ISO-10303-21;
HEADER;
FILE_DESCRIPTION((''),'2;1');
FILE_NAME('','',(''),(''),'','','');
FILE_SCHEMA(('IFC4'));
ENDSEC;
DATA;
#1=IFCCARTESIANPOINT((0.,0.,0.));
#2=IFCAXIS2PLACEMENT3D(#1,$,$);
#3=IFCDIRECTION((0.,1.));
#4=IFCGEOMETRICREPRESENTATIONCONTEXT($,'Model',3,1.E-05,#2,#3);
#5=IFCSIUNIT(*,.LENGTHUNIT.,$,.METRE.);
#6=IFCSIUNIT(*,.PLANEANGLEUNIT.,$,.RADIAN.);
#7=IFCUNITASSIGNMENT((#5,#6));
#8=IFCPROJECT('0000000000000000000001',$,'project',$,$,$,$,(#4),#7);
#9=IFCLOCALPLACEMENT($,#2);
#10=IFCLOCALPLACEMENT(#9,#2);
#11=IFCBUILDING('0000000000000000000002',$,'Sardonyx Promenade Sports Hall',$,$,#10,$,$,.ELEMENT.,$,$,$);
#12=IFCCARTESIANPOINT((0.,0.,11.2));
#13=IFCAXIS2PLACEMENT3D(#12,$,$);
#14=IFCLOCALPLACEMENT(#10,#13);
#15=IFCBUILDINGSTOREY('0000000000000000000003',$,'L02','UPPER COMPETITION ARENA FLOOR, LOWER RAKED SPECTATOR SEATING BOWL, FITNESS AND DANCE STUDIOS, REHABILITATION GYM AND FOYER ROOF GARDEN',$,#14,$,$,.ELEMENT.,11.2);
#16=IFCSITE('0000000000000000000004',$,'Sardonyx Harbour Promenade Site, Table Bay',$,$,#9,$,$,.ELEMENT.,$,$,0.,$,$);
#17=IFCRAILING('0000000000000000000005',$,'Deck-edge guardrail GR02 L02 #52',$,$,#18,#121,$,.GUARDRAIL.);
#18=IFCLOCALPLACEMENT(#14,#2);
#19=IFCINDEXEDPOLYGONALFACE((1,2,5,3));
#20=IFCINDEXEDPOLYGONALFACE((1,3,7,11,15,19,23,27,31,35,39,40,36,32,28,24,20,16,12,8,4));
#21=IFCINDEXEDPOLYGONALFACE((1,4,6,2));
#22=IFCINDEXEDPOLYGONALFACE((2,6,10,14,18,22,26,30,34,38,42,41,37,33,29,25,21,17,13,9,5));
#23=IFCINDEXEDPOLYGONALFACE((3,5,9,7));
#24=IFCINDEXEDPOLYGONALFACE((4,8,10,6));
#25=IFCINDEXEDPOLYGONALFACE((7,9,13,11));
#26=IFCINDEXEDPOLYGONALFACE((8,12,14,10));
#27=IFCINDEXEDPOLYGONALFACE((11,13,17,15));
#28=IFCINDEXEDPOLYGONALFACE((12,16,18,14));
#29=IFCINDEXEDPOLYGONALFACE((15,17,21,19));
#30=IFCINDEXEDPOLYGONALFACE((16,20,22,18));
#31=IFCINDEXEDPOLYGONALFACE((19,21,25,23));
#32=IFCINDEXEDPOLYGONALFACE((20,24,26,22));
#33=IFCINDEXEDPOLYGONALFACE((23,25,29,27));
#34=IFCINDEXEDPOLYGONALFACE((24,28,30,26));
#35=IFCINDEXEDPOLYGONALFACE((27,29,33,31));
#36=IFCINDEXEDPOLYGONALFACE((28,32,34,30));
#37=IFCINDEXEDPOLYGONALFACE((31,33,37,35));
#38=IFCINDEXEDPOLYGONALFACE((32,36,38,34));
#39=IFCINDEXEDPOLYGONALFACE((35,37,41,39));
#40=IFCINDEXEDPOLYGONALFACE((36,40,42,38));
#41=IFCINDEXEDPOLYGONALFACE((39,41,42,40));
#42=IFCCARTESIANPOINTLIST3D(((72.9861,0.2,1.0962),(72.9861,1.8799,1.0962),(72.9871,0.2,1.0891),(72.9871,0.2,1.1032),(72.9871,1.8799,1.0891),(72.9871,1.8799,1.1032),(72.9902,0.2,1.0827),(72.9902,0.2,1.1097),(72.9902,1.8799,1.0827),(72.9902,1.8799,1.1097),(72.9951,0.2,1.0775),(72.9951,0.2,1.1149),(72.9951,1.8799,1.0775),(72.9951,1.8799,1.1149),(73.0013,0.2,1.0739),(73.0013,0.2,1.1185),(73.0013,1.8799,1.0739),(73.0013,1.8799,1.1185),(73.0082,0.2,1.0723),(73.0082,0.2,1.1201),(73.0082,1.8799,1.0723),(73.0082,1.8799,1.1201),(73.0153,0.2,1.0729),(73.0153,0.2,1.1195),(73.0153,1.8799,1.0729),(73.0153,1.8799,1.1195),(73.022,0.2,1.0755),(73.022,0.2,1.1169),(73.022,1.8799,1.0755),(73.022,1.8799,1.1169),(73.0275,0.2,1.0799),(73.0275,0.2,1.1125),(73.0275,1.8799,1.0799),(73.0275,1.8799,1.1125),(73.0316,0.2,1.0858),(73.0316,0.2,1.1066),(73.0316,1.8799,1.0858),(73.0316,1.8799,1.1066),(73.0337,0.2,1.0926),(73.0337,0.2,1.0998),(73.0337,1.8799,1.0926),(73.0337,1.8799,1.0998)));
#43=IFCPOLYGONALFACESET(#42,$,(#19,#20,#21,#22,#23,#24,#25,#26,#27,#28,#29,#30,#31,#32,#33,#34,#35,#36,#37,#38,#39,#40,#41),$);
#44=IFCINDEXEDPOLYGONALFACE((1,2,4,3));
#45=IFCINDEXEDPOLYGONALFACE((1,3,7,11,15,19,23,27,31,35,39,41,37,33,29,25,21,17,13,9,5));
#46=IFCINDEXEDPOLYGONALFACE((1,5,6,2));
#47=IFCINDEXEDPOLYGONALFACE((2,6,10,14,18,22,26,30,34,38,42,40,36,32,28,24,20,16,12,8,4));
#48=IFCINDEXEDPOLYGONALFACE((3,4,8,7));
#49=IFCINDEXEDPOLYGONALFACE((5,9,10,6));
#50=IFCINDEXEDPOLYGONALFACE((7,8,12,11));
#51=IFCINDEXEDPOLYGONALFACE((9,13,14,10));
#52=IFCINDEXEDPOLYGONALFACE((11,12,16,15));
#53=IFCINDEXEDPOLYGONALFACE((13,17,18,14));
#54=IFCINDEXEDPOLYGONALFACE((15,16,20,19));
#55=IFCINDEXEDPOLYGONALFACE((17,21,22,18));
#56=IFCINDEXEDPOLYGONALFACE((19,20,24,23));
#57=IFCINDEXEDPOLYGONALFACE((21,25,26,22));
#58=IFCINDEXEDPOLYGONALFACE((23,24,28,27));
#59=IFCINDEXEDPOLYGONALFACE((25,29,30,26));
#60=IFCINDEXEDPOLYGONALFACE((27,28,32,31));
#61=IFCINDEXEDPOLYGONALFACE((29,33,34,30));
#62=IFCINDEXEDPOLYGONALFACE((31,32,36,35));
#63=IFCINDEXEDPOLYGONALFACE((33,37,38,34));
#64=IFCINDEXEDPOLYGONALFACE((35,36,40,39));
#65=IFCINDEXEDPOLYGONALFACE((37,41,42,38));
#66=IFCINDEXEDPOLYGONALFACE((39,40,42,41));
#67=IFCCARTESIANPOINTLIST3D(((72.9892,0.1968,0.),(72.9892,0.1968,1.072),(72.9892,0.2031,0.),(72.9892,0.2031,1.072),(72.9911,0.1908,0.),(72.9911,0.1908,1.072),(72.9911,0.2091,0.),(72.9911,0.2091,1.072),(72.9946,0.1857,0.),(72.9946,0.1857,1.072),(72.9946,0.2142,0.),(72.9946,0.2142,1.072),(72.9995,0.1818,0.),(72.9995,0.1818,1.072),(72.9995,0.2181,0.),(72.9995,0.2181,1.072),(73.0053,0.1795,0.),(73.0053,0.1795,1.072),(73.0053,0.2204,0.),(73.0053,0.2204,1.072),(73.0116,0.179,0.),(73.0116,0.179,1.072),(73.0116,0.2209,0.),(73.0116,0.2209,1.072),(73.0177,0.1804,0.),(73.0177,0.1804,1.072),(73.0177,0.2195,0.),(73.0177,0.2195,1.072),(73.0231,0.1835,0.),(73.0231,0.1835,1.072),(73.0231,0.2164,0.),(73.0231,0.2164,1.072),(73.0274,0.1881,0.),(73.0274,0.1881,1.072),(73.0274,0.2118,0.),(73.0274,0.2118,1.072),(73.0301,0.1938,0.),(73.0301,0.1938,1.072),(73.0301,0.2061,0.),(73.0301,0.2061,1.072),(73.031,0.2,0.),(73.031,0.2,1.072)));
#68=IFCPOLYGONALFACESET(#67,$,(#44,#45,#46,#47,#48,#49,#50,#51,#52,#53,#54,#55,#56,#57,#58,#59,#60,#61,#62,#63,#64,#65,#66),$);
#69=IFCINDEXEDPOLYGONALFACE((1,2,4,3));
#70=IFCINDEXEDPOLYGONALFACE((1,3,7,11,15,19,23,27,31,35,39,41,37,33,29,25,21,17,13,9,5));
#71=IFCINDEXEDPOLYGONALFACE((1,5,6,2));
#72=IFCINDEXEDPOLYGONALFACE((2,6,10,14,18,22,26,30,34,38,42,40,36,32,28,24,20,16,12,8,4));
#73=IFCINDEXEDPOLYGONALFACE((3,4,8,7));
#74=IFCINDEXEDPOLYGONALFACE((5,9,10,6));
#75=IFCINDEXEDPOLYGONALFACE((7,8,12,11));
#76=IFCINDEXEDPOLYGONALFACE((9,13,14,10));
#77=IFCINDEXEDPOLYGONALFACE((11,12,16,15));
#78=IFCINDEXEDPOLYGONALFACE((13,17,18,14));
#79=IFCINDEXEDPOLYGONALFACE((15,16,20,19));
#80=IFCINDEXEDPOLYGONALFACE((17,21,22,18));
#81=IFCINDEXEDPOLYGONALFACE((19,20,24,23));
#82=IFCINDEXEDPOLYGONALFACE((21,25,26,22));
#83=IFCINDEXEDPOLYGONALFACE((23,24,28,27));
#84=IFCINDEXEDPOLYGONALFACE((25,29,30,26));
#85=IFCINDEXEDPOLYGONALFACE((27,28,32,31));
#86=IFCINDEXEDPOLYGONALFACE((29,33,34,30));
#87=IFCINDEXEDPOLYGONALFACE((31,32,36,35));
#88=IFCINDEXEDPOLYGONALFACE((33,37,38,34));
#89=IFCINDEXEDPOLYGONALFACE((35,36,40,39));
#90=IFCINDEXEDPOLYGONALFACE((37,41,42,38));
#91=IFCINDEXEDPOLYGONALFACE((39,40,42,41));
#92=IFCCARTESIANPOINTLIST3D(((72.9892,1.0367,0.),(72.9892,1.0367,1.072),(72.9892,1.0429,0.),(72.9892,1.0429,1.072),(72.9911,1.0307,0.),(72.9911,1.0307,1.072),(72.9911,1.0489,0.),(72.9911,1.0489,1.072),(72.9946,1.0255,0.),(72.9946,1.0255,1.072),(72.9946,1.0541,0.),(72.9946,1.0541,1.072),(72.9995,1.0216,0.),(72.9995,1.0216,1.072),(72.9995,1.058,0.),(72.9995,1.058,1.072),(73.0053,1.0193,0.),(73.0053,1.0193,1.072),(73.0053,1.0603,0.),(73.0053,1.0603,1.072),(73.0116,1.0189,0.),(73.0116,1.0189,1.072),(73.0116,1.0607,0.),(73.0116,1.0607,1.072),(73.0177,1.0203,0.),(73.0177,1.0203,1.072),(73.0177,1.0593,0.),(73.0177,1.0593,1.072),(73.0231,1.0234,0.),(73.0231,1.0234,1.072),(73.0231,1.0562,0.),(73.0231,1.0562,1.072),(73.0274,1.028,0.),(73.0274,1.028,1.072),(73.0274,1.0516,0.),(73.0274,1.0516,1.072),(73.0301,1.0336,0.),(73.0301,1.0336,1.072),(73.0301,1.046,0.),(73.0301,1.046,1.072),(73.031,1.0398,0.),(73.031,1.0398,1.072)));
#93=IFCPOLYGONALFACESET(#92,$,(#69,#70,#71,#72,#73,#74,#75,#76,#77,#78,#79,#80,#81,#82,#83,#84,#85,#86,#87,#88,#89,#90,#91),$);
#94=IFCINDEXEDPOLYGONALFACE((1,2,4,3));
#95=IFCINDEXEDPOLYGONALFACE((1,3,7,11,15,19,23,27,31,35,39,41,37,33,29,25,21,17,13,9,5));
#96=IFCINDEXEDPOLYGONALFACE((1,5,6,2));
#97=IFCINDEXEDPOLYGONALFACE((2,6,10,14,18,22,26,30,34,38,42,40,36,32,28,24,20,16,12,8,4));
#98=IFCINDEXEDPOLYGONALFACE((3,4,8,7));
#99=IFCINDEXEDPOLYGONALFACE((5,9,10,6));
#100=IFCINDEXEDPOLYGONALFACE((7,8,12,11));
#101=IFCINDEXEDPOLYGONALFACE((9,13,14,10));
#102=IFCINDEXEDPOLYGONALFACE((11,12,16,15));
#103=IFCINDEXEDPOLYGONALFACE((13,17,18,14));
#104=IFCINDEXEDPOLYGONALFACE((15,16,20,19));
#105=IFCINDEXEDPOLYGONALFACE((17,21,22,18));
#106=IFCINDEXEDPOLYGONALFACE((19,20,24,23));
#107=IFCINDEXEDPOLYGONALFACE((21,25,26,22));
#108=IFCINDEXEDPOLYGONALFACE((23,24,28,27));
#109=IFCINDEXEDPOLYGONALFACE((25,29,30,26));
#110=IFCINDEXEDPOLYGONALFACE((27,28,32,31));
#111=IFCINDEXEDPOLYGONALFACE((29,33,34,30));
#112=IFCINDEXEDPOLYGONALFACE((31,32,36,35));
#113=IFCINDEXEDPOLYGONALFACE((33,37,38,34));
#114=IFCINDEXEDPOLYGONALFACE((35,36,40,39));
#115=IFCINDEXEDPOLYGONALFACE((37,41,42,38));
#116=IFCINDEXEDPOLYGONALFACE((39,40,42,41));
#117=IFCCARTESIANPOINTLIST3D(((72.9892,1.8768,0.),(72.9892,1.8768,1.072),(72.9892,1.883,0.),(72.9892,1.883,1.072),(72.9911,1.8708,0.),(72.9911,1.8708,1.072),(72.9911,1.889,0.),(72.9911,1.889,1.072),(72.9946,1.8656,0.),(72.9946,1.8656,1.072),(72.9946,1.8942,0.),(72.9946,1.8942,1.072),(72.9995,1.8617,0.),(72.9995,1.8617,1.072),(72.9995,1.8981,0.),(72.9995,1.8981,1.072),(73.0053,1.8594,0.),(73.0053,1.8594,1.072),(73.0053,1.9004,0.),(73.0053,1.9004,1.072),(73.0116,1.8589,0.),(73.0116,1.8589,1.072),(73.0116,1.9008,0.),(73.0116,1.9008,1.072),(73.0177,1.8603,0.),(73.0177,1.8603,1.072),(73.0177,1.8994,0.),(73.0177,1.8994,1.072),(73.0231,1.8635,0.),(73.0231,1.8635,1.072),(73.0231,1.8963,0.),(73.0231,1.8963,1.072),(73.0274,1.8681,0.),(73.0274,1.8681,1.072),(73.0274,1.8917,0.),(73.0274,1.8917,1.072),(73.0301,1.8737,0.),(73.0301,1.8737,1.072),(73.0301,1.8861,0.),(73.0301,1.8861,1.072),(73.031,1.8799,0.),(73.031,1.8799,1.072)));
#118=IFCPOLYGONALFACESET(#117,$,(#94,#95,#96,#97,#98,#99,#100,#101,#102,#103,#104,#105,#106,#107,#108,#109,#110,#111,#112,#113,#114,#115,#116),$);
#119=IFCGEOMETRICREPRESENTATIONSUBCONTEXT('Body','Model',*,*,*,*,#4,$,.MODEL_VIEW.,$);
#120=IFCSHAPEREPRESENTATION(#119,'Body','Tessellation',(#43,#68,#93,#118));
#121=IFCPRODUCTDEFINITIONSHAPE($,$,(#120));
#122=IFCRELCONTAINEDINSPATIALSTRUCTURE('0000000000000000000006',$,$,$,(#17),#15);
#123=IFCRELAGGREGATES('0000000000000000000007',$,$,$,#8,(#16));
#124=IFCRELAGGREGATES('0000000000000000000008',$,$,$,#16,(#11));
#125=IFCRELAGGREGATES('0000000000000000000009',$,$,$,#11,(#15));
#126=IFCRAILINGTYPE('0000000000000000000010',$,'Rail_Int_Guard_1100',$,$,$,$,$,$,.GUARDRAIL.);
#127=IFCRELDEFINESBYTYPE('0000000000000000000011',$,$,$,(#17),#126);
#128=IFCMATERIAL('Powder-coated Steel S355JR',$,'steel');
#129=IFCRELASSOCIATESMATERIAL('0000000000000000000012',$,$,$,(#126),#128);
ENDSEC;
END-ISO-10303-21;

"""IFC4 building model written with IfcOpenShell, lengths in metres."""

from ifc_helpers import new_model, si_unit, direction, frame, origin, origin_2d, place, context, subcontext, project, spatial, circle, extrude, material, type_object, element, save


model = new_model("IFC4")

# Units and contexts
model_context = context("Model", 3, precision=1e-05, world=origin(), true_north=direction((0.0, 1.0)))
body_context = subcontext(model_context, "Body", "Model", "MODEL_VIEW")
ifc_project = project(units=[si_unit("LENGTHUNIT", "METRE"), si_unit("PLANEANGLEUNIT", "RADIAN")], contexts=[model_context])

# Site, building, storey
site_placement = place(None, origin())
site = spatial("IfcSite", under=ifc_project, at=site_placement, Name="Sardonyx Harbour Promenade Site, Table Bay", CompositionType="ELEMENT", RefElevation=0.0)
building_placement = place(site_placement, origin())
building = spatial("IfcBuilding", under=site, at=building_placement, Name="Sardonyx Promenade Sports Hall", CompositionType="ELEMENT")
storey_placement = place(building_placement, frame((0.0, 0.0, 11.2)))
storey = spatial("IfcBuildingStorey", under=building, at=storey_placement, Name="L02", Description="UPPER COMPETITION ARENA FLOOR, LOWER RAKED SPECTATOR SEATING BOWL, FITNESS AND DANCE STUDIOS, REHABILITATION GYM AND FOYER ROOF GARDEN", CompositionType="ELEMENT", Elevation=11.2)

# Railing
ifc_material_1 = material(Name="Powder-coated Steel S355JR", Category="steel")
railing_type = type_object("IfcRailingType", Name="Rail_Int_Guard_1100", PredefinedType="GUARDRAIL", material=ifc_material_1)
railing_placement = place(storey_placement, frame((73.01, 0.2, 0.0)))
element("IfcRailing", 1, at=railing_placement, inside=storey, type_object=railing_type, Name="Deck-edge guardrail GR02 L02 #52", PredefinedType="GUARDRAIL", context=body_context, shape_type="SweptSolid", body=[
    extrude(circle(Radius=0.0239, at=origin_2d()), frame((0.0, 0.0, 1.0962), z_axis=(0.0, 1.0, 0.0), x_axis=(-1.0, 0.0, 0.0)), (0.0, 0.0, 1.0), 1.6799),
    extrude(circle(Radius=0.021, at=origin_2d()), origin(), (0.0, 0.0, 1.0), 1.072),
    extrude(circle(Radius=0.021, at=origin_2d()), frame((0.0, 0.8398, 0.0)), (0.0, 0.0, 1.0), 1.072),
    extrude(circle(Radius=0.021, at=origin_2d()), frame((0.0, 1.6799, 0.0)), (0.0, 0.0, 1.0), 1.072),
])

save(model, "model.ifc")
